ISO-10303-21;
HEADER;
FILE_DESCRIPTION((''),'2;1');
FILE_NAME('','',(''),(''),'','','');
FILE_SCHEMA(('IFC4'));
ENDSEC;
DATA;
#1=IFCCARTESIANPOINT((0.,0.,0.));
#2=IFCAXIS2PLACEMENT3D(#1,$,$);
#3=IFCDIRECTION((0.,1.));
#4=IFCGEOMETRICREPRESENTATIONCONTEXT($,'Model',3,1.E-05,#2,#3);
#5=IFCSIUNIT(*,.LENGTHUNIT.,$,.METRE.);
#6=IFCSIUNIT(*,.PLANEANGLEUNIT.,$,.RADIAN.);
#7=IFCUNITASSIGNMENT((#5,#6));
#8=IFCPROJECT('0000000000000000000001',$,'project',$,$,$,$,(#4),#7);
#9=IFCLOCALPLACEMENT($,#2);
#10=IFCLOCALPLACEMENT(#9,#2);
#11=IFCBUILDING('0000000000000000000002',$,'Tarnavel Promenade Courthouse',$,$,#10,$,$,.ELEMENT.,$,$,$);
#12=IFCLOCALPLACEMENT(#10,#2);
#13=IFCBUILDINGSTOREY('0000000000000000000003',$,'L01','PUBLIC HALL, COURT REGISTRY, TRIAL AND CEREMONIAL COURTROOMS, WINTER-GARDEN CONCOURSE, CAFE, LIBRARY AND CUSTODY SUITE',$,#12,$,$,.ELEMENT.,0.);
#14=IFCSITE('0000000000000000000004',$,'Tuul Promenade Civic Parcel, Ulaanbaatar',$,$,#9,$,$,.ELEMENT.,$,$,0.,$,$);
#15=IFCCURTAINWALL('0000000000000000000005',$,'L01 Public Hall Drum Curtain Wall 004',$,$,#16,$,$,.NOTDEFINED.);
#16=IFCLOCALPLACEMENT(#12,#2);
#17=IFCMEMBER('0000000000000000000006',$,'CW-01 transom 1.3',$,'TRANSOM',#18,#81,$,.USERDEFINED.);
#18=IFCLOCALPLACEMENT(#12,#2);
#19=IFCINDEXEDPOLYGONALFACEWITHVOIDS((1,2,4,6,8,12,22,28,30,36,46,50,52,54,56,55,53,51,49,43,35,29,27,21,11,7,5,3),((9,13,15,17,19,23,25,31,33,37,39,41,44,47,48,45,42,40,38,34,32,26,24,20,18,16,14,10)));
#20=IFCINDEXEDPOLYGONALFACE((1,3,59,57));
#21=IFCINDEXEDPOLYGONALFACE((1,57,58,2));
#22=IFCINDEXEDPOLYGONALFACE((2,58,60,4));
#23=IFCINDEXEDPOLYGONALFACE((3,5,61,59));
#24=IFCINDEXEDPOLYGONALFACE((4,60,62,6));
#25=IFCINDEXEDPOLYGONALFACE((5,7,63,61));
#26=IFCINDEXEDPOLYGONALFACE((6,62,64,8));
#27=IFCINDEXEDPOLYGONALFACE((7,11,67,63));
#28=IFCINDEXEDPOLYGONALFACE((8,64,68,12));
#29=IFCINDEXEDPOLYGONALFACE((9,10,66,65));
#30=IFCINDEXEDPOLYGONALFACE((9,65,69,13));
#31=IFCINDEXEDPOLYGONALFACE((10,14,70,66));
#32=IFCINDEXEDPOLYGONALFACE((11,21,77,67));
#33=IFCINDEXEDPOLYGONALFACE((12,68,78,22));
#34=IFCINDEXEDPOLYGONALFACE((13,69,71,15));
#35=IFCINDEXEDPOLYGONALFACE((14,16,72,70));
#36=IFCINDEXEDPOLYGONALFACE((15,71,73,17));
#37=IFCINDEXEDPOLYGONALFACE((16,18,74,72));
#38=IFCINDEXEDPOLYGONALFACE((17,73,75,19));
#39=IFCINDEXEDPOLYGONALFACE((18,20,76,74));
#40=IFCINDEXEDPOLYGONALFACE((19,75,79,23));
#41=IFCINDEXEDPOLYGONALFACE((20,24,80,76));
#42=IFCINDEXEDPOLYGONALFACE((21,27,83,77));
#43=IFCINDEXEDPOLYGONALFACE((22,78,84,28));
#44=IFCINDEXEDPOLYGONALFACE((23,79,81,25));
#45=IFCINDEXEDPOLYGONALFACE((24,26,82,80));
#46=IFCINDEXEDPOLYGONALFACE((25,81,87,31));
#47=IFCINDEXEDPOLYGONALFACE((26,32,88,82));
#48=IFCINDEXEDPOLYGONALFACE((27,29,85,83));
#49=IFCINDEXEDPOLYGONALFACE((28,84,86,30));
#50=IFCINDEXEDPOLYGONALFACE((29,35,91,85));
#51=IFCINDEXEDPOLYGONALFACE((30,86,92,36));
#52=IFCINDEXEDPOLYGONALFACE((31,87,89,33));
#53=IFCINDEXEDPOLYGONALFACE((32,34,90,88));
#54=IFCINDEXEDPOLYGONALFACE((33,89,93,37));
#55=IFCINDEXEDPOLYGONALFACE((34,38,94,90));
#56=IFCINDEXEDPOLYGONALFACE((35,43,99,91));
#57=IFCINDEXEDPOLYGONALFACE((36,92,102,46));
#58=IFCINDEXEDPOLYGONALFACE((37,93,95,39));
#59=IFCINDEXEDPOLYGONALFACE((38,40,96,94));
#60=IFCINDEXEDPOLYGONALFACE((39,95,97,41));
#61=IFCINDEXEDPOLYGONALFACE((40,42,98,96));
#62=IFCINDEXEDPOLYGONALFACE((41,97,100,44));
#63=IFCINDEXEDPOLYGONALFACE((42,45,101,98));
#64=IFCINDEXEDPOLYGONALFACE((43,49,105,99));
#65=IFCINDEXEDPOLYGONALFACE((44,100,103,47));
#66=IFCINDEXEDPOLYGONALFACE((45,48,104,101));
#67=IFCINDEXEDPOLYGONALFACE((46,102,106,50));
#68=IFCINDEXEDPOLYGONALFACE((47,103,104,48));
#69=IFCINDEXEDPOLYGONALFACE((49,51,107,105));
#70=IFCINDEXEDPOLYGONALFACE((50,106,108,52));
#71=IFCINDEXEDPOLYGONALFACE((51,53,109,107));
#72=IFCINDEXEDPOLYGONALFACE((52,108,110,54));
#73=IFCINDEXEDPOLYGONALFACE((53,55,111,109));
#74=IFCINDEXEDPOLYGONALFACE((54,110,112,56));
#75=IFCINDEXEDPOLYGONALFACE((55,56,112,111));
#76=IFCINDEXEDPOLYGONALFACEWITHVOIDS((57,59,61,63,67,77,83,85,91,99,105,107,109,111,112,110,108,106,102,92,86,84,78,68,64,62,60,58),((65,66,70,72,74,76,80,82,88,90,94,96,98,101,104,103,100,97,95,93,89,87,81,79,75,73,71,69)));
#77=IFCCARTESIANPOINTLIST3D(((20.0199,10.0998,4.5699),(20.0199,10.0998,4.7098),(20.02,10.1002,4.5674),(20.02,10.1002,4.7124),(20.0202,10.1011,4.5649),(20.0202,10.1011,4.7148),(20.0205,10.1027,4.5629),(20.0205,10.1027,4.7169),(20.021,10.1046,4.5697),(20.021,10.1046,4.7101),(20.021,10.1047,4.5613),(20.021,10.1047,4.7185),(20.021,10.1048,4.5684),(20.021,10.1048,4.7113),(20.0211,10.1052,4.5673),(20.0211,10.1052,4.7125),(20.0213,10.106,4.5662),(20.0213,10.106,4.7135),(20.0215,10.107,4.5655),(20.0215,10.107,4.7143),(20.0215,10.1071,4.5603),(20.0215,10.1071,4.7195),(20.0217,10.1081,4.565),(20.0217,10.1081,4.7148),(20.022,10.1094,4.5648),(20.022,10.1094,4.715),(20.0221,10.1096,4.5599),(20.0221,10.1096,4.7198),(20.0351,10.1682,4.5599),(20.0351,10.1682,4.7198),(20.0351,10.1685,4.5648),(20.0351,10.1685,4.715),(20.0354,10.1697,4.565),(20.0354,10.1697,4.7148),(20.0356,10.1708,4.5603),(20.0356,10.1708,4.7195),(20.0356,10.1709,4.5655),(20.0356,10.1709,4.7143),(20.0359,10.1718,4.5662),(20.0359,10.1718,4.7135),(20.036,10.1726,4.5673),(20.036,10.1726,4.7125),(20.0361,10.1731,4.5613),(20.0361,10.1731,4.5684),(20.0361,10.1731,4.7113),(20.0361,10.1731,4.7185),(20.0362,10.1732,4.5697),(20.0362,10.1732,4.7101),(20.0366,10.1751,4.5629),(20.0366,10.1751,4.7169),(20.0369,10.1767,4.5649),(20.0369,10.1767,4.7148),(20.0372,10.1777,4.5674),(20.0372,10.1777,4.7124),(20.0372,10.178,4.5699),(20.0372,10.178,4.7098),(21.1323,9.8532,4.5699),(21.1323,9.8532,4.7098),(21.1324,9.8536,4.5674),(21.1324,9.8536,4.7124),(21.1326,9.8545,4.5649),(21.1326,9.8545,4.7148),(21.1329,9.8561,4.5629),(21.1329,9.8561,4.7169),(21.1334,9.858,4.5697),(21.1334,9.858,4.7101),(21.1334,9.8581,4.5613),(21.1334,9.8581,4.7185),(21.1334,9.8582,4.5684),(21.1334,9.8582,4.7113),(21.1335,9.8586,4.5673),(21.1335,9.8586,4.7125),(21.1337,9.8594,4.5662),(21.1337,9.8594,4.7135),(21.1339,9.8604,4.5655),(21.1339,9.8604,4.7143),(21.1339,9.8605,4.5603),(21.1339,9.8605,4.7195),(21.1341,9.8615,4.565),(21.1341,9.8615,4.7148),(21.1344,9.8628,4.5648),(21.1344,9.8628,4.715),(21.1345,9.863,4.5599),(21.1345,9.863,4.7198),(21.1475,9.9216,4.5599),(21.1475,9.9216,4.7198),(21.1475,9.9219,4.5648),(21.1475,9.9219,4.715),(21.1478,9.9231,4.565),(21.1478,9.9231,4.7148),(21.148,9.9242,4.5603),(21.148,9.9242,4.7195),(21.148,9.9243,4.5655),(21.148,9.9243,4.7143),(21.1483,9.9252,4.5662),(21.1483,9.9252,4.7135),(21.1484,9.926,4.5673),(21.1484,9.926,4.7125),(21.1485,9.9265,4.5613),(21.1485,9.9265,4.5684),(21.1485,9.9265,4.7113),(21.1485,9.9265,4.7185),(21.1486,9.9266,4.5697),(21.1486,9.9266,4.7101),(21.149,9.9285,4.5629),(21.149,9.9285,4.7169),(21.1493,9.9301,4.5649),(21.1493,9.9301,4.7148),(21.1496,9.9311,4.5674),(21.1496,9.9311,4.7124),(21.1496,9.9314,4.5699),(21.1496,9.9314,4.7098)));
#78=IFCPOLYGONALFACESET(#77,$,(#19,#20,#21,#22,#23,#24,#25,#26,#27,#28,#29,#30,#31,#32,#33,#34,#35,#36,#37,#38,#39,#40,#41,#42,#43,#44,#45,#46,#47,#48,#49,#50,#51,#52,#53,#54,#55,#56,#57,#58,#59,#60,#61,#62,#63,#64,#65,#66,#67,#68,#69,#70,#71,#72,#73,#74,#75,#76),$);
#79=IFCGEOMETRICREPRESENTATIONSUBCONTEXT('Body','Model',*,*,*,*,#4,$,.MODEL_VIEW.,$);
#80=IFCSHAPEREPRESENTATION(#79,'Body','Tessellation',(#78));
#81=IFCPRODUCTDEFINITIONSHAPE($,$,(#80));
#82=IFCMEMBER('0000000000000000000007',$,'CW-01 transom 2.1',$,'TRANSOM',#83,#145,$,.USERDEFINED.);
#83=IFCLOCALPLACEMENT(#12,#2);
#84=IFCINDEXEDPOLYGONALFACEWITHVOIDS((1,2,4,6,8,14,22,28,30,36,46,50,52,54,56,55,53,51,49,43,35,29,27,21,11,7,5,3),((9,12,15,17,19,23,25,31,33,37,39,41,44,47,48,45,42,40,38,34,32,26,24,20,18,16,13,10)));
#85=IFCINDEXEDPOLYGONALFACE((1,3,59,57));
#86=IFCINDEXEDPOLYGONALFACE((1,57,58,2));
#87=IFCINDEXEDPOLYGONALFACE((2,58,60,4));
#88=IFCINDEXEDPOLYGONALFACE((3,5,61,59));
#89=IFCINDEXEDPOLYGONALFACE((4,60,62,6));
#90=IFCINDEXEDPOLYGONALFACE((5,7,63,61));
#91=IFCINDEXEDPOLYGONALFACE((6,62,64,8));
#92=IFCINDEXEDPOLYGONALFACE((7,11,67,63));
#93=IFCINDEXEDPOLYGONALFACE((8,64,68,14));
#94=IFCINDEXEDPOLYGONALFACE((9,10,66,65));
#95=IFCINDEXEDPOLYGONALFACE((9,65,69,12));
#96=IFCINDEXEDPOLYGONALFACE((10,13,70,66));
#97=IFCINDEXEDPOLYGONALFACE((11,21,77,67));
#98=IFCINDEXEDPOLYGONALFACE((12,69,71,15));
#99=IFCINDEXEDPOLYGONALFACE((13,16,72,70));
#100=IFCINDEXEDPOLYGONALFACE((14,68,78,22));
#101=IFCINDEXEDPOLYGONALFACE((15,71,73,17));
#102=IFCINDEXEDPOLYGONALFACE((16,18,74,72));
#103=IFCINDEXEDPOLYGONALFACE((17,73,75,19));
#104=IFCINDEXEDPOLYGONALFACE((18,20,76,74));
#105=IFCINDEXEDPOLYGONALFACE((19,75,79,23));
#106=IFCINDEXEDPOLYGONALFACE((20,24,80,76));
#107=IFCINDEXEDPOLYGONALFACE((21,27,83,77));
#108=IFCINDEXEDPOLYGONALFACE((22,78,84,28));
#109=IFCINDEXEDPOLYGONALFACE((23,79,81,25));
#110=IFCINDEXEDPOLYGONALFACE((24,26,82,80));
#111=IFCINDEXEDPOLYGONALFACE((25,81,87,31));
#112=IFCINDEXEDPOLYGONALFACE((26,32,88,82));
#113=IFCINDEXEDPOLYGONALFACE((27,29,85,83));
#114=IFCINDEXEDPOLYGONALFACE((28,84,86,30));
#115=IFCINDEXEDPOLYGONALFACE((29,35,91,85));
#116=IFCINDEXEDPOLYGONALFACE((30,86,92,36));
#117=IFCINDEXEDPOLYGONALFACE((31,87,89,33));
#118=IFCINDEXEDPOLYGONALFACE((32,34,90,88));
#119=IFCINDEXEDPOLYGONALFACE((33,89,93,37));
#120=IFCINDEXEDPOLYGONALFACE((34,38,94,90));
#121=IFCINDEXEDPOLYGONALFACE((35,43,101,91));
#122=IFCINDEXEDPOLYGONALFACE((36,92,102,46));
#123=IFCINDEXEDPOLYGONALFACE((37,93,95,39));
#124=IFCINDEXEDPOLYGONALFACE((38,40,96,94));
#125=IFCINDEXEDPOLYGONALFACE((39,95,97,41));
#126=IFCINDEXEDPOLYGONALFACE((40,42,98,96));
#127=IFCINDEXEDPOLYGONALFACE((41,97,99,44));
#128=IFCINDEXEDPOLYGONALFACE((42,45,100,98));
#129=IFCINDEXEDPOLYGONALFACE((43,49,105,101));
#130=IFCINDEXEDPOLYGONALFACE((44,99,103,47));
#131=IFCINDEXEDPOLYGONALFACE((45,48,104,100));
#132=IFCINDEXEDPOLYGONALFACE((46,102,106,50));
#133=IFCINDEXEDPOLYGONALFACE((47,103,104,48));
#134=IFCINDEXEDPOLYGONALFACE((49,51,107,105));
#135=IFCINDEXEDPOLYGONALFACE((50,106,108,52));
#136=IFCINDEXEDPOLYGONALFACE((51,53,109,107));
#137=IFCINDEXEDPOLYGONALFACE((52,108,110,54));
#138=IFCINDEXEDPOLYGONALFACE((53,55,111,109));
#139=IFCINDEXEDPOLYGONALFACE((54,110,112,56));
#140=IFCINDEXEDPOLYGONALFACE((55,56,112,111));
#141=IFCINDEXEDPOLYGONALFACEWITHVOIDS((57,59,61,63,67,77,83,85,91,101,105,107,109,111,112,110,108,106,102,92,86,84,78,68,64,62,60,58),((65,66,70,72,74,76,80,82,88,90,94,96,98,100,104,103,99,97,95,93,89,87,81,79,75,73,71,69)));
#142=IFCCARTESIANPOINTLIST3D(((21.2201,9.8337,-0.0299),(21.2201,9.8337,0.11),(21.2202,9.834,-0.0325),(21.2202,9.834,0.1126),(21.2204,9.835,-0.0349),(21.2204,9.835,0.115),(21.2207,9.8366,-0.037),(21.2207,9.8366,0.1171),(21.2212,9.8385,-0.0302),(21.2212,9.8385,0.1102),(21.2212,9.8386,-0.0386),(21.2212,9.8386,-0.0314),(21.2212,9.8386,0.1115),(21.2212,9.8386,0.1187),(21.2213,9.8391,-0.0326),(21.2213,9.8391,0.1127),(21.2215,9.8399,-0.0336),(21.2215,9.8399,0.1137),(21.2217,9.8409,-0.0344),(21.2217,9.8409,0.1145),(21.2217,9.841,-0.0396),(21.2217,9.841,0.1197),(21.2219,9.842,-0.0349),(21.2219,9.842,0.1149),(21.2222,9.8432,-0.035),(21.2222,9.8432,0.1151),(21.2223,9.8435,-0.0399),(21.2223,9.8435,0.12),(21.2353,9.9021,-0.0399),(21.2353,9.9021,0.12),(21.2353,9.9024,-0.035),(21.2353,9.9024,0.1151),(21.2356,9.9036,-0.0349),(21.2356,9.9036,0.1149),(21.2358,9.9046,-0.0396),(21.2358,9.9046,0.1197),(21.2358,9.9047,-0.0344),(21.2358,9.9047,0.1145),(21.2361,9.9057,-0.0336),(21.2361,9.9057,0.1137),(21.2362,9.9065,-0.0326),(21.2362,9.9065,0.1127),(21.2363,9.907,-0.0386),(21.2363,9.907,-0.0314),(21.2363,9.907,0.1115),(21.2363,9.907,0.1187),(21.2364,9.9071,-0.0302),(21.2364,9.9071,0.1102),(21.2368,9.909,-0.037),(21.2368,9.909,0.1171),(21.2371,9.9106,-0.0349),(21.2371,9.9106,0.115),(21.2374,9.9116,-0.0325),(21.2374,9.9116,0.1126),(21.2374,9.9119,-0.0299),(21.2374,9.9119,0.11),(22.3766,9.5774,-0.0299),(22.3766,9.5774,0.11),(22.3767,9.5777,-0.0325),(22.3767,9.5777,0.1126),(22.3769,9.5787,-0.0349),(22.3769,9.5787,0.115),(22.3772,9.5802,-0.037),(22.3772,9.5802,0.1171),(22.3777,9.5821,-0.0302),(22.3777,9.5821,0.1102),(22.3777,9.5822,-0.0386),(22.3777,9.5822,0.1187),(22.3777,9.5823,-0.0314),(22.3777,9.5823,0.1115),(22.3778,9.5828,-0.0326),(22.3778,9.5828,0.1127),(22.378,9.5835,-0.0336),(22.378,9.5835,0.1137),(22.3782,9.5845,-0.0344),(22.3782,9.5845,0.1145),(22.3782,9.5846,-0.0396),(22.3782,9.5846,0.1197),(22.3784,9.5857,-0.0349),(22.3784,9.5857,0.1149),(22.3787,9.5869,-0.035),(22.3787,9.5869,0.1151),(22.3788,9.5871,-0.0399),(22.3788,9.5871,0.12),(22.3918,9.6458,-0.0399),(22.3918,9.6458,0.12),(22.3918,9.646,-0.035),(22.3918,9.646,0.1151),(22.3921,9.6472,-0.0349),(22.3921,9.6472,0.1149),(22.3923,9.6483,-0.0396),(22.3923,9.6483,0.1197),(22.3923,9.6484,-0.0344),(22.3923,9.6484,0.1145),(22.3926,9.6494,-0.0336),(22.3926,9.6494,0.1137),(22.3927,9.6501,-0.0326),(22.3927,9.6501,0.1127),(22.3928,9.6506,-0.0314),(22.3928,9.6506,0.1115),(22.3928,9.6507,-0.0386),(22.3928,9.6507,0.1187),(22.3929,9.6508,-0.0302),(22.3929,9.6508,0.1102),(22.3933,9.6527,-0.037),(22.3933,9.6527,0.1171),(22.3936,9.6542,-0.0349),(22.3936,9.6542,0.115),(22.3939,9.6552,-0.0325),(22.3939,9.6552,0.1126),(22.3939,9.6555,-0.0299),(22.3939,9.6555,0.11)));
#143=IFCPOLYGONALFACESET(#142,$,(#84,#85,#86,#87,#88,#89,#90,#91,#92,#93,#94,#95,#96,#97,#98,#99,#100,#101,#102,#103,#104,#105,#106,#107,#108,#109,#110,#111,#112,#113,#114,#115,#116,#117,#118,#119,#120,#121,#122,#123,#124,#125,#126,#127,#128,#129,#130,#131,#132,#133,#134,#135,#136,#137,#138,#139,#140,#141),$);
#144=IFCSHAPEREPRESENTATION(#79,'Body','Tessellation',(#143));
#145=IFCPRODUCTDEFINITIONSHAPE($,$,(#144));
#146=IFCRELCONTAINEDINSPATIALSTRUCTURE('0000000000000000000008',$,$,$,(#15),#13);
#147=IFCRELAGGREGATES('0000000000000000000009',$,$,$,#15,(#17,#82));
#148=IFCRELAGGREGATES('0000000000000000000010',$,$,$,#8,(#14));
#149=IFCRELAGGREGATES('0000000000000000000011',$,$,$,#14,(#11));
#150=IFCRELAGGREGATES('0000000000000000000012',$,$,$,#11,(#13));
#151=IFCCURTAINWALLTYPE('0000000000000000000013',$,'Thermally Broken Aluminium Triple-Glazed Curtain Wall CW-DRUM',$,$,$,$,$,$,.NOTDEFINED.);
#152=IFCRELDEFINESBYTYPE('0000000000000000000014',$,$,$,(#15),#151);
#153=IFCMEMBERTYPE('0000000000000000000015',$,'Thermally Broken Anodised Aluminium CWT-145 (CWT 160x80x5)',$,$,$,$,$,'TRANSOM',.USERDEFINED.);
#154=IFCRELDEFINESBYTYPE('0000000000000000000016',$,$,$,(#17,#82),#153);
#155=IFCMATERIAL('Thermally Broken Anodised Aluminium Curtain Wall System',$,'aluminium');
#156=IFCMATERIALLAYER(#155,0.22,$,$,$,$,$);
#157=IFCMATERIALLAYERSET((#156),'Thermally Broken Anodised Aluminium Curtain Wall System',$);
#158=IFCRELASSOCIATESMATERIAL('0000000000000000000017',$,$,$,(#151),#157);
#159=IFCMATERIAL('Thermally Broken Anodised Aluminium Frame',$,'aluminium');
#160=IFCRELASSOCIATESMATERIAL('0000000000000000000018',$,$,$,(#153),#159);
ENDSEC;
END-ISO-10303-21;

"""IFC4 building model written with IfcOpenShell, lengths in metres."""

from ifc_helpers import new_model, si_unit, direction, frame, origin, origin_2d, place, context, subcontext, project, spatial, hollow_rectangle, extrude, material, layer, layer_set, material_profile, profile_set, type_object, element, aggregate, save


model = new_model("IFC4")

# Units and contexts
model_context = context("Model", 3, precision=1e-05, world=origin(), true_north=direction((0.0, 1.0)))
body_context = subcontext(model_context, "Body", "Model", "MODEL_VIEW")
ifc_project = project(units=[si_unit("LENGTHUNIT", "METRE"), si_unit("PLANEANGLEUNIT", "RADIAN")], contexts=[model_context])

# Site, building, storey
site_placement = place(None, origin())
site = spatial("IfcSite", under=ifc_project, at=site_placement, Name="Tuul Promenade Civic Parcel, Ulaanbaatar", CompositionType="ELEMENT", RefElevation=0.0)
building_placement = place(site_placement, origin())
building = spatial("IfcBuilding", under=site, at=building_placement, Name="Tarnavel Promenade Courthouse", CompositionType="ELEMENT")
storey_placement = place(building_placement, origin())
storey = spatial("IfcBuildingStorey", under=building, at=storey_placement, Name="L01", Description="PUBLIC HALL, COURT REGISTRY, TRIAL AND CEREMONIAL COURTROOMS, WINTER-GARDEN CONCOURSE, CAFE, LIBRARY AND CUSTODY SUITE", CompositionType="ELEMENT", Elevation=0.0)

# Curtain wall, members
ifc_material_1 = material(Name="Thermally Broken Anodised Aluminium Curtain Wall System", Category="aluminium")
ifc_layer_1 = layer(ifc_material_1, 0.22)
ifc_layer_set_1 = layer_set([ifc_layer_1], Name="Thermally Broken Anodised Aluminium Curtain Wall System")
curtain_wall_type = type_object("IfcCurtainWallType", Name="Thermally Broken Aluminium Triple-Glazed Curtain Wall CW-DRUM", PredefinedType="NOTDEFINED", material=ifc_layer_set_1)
curtain_wall_placement = place(storey_placement, origin())
curtain_wall = element("IfcCurtainWall", 1, at=curtain_wall_placement, inside=storey, type_object=curtain_wall_type, Name="L01 Public Hall Drum Curtain Wall 004", PredefinedType="NOTDEFINED")
ifc_material_2 = material(Name="Thermally Broken Anodised Aluminium Frame", Category="aluminium")
ifc_material_profile_1 = material_profile(ifc_material_2, hollow_rectangle(XDim=0.0801, YDim=0.1599, WallThickness=0.0049, InnerFilletRadius=0.0049, OuterFilletRadius=0.01, at=origin_2d()), Name="CWT 160x80x5")
ifc_profile_set_1 = profile_set([ifc_material_profile_1], Name="Thermally Broken Anodised Aluminium Frame")
member_type_1 = type_object("IfcMemberType", Name="Thermally Broken Anodised Aluminium CWT-145 (CWT 160x80x5)", ElementType="TRANSOM", PredefinedType="USERDEFINED", material=ifc_profile_set_1)
member_1_placement = place(storey_placement, frame((20.0286, 10.1389, 4.6399), z_axis=(0.976298, -0.216431, 0.0), x_axis=(0.216431, 0.976298, 0.0)))
member_1 = element("IfcMember", 2, at=member_1_placement, type_object=member_type_1, Name="CW-01 transom 1.3", ObjectType="TRANSOM", PredefinedType="USERDEFINED", context=body_context, shape_type="SweptSolid", body=[
    extrude(hollow_rectangle(XDim=0.0801, YDim=0.1599, WallThickness=0.0049, InnerFilletRadius=0.0049, OuterFilletRadius=0.01, at=origin_2d()), origin(), (0.0, 0.0, 1.0), 1.1394),
])
member_2_placement = place(storey_placement, frame((21.2288, 9.8728, 0.04), z_axis=(0.976303, -0.216407, 0.0), x_axis=(0.216407, 0.976303, 0.0)))
member_2 = element("IfcMember", 3, at=member_2_placement, type_object=member_type_1, Name="CW-01 transom 2.1", ObjectType="TRANSOM", PredefinedType="USERDEFINED", context=body_context, shape_type="SweptSolid", body=[
    extrude(hollow_rectangle(XDim=0.0801, YDim=0.1599, WallThickness=0.0049, InnerFilletRadius=0.0049, OuterFilletRadius=0.01, at=origin_2d()), origin(), (0.0, 0.0, 1.0), 1.1846),
])
aggregate(curtain_wall, [member_1, member_2])

save(model, "model.ifc")
